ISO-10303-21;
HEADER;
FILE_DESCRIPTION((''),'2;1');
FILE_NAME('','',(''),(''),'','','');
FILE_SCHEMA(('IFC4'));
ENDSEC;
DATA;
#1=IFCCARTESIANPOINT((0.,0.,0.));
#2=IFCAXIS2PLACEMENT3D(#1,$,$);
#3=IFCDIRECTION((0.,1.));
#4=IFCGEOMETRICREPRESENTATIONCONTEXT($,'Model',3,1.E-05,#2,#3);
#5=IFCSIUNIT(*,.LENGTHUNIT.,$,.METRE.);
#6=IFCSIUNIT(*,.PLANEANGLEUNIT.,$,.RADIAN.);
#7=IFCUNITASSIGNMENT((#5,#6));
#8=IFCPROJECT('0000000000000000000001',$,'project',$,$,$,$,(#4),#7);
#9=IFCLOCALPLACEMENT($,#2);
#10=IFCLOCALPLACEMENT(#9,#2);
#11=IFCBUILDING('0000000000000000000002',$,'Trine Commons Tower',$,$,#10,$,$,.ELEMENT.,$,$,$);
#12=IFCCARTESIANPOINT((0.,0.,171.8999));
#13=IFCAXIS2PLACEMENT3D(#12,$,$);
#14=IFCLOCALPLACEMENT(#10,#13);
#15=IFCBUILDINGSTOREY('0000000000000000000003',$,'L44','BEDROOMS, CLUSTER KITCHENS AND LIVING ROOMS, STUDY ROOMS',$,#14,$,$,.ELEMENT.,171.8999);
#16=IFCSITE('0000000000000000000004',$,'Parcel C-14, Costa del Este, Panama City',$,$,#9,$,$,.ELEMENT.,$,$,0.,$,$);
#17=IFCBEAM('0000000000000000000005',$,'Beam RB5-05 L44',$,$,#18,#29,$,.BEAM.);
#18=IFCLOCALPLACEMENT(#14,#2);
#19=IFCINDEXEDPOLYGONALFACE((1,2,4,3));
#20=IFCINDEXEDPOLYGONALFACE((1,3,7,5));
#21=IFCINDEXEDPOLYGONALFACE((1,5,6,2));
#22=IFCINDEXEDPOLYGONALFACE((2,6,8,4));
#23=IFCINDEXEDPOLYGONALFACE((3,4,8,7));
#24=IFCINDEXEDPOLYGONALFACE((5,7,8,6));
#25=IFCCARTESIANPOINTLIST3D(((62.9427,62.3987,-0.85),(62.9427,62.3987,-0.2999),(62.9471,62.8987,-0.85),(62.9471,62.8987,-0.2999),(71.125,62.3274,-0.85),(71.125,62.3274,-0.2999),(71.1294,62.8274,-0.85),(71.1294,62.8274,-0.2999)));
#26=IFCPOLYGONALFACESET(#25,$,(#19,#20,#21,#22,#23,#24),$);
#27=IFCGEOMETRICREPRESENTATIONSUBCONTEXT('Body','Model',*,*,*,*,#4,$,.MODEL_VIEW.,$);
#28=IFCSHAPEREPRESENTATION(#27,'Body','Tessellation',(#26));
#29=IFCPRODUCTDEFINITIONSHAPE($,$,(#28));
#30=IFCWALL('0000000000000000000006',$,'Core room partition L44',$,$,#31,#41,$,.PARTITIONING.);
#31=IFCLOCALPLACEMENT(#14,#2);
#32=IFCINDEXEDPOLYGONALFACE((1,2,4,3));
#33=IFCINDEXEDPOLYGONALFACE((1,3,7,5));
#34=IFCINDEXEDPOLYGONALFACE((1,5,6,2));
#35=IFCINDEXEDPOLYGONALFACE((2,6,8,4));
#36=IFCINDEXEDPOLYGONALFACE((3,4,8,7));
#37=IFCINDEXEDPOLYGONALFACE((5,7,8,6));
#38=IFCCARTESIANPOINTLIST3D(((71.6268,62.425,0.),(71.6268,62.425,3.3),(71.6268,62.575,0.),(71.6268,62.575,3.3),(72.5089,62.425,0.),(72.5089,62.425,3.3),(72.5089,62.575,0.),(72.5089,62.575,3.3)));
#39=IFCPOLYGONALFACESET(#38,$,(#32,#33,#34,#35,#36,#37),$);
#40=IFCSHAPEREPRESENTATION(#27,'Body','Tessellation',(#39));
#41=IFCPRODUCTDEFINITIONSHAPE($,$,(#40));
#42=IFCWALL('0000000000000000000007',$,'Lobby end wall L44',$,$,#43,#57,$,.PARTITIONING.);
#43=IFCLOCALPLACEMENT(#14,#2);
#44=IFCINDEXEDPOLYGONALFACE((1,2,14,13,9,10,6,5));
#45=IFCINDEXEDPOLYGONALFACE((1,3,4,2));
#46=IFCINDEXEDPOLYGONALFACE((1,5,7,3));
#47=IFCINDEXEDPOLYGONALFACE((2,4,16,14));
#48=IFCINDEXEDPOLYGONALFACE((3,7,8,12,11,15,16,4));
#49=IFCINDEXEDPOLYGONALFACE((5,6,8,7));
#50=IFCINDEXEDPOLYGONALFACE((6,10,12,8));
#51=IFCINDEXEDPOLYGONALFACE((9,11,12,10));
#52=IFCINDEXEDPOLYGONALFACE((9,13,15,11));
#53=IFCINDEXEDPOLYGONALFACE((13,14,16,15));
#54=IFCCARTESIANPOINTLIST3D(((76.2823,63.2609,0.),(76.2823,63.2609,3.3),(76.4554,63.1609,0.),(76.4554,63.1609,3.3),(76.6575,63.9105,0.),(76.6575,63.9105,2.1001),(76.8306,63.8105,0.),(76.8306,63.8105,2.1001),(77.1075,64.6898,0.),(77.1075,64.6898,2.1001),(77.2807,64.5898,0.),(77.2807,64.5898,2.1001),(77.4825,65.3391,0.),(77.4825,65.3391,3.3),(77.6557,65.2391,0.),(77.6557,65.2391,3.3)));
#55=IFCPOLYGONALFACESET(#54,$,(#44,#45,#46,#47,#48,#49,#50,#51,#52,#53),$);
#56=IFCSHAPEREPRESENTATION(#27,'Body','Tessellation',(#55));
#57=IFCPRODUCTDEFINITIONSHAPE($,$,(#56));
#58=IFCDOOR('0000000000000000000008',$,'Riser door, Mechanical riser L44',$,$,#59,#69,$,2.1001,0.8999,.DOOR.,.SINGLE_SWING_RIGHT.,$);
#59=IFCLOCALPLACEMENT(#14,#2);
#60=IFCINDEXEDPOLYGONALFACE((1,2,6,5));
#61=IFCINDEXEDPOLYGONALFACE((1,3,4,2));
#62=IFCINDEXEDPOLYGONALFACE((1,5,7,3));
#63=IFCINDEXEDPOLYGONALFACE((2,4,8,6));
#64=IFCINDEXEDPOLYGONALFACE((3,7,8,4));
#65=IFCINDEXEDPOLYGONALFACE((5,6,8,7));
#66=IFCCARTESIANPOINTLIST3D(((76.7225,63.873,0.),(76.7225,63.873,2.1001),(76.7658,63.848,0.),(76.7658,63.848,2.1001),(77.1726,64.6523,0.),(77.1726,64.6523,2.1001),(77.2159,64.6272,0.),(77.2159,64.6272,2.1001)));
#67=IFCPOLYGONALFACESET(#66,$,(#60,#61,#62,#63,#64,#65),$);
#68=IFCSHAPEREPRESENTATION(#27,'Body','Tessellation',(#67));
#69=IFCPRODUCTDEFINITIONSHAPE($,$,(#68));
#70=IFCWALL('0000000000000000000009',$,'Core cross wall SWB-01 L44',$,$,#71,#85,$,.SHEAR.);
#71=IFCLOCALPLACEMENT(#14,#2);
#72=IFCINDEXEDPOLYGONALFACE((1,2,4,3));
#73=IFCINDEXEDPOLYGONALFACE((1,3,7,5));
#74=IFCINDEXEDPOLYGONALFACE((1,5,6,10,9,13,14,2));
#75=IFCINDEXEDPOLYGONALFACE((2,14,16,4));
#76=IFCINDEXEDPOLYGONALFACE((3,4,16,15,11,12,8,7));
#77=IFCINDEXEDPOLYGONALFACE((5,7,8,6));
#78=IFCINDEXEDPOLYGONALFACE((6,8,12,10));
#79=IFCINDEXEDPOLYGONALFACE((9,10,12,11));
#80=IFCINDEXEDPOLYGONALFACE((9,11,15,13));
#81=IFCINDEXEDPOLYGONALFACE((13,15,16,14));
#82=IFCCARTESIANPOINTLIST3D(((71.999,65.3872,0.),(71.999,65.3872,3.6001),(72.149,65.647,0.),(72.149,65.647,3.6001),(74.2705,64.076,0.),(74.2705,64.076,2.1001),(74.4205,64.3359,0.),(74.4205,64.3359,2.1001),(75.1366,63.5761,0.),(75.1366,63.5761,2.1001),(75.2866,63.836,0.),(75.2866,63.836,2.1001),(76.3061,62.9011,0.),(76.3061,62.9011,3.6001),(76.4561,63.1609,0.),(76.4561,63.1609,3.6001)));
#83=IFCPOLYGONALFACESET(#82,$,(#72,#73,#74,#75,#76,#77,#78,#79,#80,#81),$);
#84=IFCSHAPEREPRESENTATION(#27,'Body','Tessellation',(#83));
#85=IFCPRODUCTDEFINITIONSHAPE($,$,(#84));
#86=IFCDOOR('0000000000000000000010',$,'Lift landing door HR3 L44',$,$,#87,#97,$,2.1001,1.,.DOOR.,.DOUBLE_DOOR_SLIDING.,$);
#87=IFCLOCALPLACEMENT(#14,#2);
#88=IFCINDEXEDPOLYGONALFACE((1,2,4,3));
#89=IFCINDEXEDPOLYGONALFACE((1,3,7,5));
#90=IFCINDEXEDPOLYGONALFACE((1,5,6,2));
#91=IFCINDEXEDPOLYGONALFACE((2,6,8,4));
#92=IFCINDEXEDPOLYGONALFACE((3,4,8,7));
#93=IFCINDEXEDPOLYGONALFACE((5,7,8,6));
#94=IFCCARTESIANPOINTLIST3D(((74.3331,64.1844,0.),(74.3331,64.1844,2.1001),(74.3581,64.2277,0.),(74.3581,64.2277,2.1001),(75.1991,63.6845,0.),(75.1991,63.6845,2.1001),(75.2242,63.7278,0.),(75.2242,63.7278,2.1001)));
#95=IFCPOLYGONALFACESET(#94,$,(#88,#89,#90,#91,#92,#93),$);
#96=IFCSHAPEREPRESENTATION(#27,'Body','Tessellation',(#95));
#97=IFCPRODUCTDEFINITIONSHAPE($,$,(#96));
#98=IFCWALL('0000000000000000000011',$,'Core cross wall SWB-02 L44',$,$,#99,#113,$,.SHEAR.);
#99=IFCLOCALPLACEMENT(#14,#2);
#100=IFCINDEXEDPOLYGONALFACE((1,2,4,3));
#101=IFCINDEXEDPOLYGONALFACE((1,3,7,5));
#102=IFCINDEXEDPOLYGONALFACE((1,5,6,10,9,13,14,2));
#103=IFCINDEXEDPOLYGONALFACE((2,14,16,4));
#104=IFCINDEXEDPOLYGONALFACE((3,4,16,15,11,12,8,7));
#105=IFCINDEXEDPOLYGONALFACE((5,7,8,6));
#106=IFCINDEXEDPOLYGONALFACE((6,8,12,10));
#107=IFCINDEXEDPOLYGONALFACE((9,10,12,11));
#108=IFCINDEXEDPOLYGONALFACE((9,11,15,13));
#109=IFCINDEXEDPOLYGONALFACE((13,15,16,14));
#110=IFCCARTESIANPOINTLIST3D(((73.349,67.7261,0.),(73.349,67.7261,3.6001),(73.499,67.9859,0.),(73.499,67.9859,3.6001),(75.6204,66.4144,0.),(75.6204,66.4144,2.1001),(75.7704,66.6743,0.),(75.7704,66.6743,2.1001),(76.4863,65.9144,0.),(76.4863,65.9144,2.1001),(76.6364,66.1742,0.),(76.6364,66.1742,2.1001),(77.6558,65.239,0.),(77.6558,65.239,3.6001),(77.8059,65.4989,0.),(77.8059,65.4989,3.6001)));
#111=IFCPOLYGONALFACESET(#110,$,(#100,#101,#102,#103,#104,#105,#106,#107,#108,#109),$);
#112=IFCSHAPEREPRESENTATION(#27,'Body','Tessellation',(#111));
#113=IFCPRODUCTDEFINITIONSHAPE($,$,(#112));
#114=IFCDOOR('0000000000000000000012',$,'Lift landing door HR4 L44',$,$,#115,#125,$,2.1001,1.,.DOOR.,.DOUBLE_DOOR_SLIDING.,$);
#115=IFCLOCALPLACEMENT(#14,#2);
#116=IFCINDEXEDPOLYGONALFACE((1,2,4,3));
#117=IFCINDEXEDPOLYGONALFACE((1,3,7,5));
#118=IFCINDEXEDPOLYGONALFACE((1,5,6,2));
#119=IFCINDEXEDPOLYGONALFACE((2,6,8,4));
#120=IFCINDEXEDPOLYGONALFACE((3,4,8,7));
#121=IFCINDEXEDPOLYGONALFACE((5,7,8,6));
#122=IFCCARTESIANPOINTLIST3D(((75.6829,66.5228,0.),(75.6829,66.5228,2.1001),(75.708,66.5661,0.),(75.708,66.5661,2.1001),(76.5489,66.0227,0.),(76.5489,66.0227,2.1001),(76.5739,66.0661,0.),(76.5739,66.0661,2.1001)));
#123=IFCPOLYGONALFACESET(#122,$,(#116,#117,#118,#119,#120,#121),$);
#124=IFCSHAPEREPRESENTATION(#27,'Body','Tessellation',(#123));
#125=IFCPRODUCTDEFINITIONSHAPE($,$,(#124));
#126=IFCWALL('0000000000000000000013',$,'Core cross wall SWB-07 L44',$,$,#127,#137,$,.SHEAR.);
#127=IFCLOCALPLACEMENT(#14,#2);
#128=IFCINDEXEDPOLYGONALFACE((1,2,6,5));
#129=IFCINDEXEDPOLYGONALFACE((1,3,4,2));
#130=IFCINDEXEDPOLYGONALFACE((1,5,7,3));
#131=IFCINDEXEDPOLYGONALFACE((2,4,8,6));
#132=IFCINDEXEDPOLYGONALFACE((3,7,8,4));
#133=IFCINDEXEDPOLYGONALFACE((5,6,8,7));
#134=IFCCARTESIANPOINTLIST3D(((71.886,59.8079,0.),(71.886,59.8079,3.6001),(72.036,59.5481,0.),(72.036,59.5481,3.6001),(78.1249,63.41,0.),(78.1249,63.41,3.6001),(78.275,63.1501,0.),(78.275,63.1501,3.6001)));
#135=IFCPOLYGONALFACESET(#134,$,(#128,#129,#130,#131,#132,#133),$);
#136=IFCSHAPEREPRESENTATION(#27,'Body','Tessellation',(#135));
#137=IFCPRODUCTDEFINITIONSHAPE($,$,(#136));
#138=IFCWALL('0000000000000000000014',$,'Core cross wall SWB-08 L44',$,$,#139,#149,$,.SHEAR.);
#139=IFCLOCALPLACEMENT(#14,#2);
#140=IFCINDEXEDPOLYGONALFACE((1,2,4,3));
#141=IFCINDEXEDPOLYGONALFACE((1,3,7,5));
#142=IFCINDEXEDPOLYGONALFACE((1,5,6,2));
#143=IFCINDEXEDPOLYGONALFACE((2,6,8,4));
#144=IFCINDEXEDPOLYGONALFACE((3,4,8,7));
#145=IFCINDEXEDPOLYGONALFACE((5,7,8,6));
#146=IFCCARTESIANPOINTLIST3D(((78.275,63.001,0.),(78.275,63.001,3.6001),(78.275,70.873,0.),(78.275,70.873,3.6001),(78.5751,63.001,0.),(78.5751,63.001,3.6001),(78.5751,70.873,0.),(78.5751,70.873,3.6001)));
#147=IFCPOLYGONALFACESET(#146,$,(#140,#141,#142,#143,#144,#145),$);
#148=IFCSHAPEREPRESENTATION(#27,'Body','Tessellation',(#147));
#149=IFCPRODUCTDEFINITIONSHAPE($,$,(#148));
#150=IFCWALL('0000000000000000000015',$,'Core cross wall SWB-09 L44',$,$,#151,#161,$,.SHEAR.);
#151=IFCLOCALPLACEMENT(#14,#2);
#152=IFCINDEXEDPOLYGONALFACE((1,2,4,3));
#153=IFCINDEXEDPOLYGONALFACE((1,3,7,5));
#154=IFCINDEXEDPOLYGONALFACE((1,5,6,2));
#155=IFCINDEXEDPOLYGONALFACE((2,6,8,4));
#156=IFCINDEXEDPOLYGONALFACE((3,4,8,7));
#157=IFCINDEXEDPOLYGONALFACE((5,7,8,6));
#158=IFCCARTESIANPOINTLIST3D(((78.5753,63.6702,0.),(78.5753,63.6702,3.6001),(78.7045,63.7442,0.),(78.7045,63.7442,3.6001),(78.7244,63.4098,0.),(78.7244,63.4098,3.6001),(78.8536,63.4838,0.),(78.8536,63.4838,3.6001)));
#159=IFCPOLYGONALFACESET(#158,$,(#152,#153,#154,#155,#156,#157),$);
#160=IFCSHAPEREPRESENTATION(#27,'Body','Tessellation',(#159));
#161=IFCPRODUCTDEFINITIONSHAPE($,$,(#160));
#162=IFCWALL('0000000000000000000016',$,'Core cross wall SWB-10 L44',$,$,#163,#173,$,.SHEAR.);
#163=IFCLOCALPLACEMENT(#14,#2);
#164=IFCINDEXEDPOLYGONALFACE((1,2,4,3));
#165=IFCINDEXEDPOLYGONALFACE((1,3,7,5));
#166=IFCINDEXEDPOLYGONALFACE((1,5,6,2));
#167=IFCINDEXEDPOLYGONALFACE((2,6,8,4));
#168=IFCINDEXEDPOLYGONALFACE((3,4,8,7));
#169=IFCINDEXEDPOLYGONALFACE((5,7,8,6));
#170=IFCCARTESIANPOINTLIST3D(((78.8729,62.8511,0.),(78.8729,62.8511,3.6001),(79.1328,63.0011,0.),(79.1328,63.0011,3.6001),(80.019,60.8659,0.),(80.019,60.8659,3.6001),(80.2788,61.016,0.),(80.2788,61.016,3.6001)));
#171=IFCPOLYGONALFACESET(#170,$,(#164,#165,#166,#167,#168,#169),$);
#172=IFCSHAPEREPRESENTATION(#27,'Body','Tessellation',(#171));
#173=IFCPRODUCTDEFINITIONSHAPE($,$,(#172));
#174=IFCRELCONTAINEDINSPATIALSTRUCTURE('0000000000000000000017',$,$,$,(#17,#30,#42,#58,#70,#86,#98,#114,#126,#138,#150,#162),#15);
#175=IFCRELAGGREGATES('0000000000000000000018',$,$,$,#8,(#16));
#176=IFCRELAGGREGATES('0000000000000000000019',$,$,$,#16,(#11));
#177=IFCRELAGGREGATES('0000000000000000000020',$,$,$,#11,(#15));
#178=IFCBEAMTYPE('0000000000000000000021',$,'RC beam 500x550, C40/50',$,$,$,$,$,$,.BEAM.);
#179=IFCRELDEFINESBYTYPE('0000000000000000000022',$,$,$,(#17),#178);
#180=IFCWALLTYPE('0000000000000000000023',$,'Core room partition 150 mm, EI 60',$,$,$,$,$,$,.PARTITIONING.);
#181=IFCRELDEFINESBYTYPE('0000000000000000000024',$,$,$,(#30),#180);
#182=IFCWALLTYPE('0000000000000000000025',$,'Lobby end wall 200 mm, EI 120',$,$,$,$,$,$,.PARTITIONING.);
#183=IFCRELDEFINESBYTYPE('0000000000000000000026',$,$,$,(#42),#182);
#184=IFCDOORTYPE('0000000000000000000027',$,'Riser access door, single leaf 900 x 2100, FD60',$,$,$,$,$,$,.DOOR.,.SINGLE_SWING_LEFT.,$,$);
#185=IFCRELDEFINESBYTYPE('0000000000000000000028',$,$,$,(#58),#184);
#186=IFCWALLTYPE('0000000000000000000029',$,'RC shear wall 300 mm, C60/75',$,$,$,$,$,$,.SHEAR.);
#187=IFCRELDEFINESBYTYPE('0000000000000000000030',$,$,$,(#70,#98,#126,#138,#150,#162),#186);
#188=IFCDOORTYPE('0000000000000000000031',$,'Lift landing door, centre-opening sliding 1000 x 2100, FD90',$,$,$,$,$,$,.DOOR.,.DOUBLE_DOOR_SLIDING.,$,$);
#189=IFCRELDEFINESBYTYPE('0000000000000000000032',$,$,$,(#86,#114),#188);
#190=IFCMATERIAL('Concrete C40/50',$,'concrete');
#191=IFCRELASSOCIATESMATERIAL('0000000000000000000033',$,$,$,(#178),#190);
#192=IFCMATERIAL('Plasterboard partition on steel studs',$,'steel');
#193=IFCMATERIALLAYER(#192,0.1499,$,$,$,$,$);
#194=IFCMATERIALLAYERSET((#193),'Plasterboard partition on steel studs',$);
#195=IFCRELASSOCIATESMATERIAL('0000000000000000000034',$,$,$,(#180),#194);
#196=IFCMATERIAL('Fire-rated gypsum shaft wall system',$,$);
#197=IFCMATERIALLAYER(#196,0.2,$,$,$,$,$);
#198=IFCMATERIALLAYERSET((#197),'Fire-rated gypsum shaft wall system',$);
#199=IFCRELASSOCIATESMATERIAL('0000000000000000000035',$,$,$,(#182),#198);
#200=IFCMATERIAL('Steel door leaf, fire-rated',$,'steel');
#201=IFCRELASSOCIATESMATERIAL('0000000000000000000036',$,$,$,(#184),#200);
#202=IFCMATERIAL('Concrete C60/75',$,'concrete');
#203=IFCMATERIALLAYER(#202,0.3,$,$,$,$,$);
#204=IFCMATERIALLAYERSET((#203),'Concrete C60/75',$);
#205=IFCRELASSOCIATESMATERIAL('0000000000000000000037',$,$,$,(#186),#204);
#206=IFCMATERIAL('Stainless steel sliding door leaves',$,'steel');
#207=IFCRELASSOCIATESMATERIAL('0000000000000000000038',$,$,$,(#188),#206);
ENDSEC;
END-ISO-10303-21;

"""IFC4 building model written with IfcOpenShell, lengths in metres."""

from ifc_helpers import new_model, si_unit, direction, frame, frame_2d, origin, origin_2d, place, context, subcontext, project, spatial, rectangle, extrude, material, layer, layer_set, material_profile, profile_set, type_object, element, fill, save


model = new_model("IFC4")

# Units and contexts
model_context = context("Model", 3, precision=1e-05, world=origin(), true_north=direction((0.0, 1.0)))
body_context = subcontext(model_context, "Body", "Model", "MODEL_VIEW")
ifc_project = project(units=[si_unit("LENGTHUNIT", "METRE"), si_unit("PLANEANGLEUNIT", "RADIAN")], contexts=[model_context])

# Site, building, storey
site_placement = place(None, origin())
site = spatial("IfcSite", under=ifc_project, at=site_placement, Name="Parcel C-14, Costa del Este, Panama City", CompositionType="ELEMENT", RefElevation=0.0)
building_placement = place(site_placement, origin())
building = spatial("IfcBuilding", under=site, at=building_placement, Name="Trine Commons Tower", CompositionType="ELEMENT")
storey_placement = place(building_placement, frame((0.0, 0.0, 171.8999)))
storey = spatial("IfcBuildingStorey", under=building, at=storey_placement, Name="L44", Description="BEDROOMS, CLUSTER KITCHENS AND LIVING ROOMS, STUDY ROOMS", CompositionType="ELEMENT", Elevation=171.8999)

# Beam
ifc_material_1 = material(Name="Concrete C40/50", Category="concrete")
ifc_material_profile = material_profile(ifc_material_1, rectangle(XDim=0.5, YDim=0.55, at=origin_2d()), Name="RC 500x550")
ifc_profile_set = profile_set([ifc_material_profile], Name="Concrete C40/50")
beam_type = type_object("IfcBeamType", Name="RC beam 500x550, C40/50", PredefinedType="BEAM", material=ifc_profile_set)
beam_placement = place(storey_placement, frame((71.1272, 62.5774, -0.575), z_axis=(-0.999962, 0.008712, 0.0), x_axis=(-0.008712, -0.999962, 0.0)))
element("IfcBeam", 1, at=beam_placement, inside=storey, type_object=beam_type, Name="Beam RB5-05 L44", PredefinedType="BEAM", context=body_context, shape_type="SweptSolid", body=[
    extrude(rectangle(XDim=0.5, YDim=0.55, at=origin_2d()), origin(), (0.0, 0.0, 1.0), 8.1826),
])

# Wall
ifc_material_2 = material(Name="Plasterboard partition on steel studs", Category="steel")
ifc_layer_1 = layer(ifc_material_2, 0.1499)
ifc_layer_set_1 = layer_set([ifc_layer_1], Name="Plasterboard partition on steel studs")
wall_type_1 = type_object("IfcWallType", Name="Core room partition 150 mm, EI 60", PredefinedType="PARTITIONING", material=ifc_layer_set_1)
wall_1_placement = place(storey_placement, frame((71.627, 62.5, 0.0), z_axis=(0.0, 0.0, 1.0), x_axis=(1.0, 0.0, 0.0)))
element("IfcWall", 2, at=wall_1_placement, inside=storey, type_object=wall_type_1, Name="Core room partition L44", PredefinedType="PARTITIONING", context=body_context, shape_type="SweptSolid", body=[
    extrude(rectangle(XDim=0.8821, YDim=0.1499, at=frame_2d((0.4409, 0.0))), origin(), (0.0, 0.0, 1.0), 3.3),
])

# Walls, openings, doors
ifc_material_3 = material(Name="Fire-rated gypsum shaft wall system")
ifc_layer_2 = layer(ifc_material_3, 0.2)
ifc_layer_set_2 = layer_set([ifc_layer_2], Name="Fire-rated gypsum shaft wall system")
wall_type_2 = type_object("IfcWallType", Name="Lobby end wall 200 mm, EI 120", PredefinedType="PARTITIONING", material=ifc_layer_set_2)
wall_2_placement = place(storey_placement, frame((77.5691, 65.2891, 0.0), z_axis=(0.0, 0.0, 1.0), x_axis=(-0.500122, -0.865955, 0.0)))
wall_2 = element("IfcWall", 3, at=wall_2_placement, inside=storey, type_object=wall_type_2, Name="Lobby end wall L44", PredefinedType="PARTITIONING", context=body_context, shape_type="SweptSolid", body=[
    extrude(rectangle(XDim=2.3999, YDim=0.2, at=frame_2d((1.2, 0.0))), origin(), (0.0, 0.0, 1.0), 3.3),
])
opening_1_placement = place(wall_2_placement, frame((0.7498, 0.0, 0.0)))
opening_1 = element("IfcOpeningElement", 4, at=opening_1_placement, cuts=wall_2, PredefinedType="OPENING", context=body_context, shape_type="SweptSolid", body=[
    extrude(rectangle(XDim=0.8999, YDim=2.1001, at=frame_2d((0.45, 1.05))), frame((0.0, 0.1099, 0.0), z_axis=(0.0, -1.0, 0.0), x_axis=(1.0, 0.0, 0.0)), (0.0, 0.0, 1.0), 0.22),
])
ifc_material_4 = material(Name="Steel door leaf, fire-rated", Category="steel")
door_type_1 = type_object("IfcDoorType", Name="Riser access door, single leaf 900 x 2100, FD60", OperationType="SINGLE_SWING_LEFT", PredefinedType="DOOR", material=ifc_material_4)
door_1_placement = place(opening_1_placement, frame((0.8999, 0.0, 0.0), z_axis=(0.0, 0.0, 1.0), x_axis=(-1.0, 0.0, 0.0)))
door_1 = element("IfcDoor", 5, at=door_1_placement, inside=storey, type_object=door_type_1, Name="Riser door, Mechanical riser L44", OperationType="SINGLE_SWING_RIGHT", OverallHeight=2.1001, OverallWidth=0.8999, PredefinedType="DOOR", context=body_context, shape_type="SweptSolid", body=[
    extrude(rectangle(XDim=0.8999, YDim=2.1001, at=frame_2d((0.45, 1.05))), frame((0.0, 0.0249, 0.0), z_axis=(0.0, -1.0, 0.0), x_axis=(1.0, 0.0, 0.0)), (0.0, 0.0, 1.0), 0.05),
])
fill(opening_1, door_1)
ifc_material_5 = material(Name="Concrete C60/75", Category="concrete")
ifc_layer_3 = layer(ifc_material_5, 0.3)
ifc_layer_set_3 = layer_set([ifc_layer_3], Name="Concrete C60/75")
wall_type_3 = type_object("IfcWallType", Name="RC shear wall 300 mm, C60/75", PredefinedType="SHEAR", material=ifc_layer_set_3)
wall_3_placement = place(storey_placement, frame((76.3811, 63.031, 0.0), z_axis=(0.0, 0.0, 1.0), x_axis=(-0.866081, 0.499904, 0.0)))
wall_3 = element("IfcWall", 6, at=wall_3_placement, inside=storey, type_object=wall_type_3, Name="Core cross wall SWB-01 L44", PredefinedType="SHEAR", context=body_context, shape_type="SweptSolid", body=[
    extrude(rectangle(XDim=4.9731, YDim=0.3, at=frame_2d((2.4866, 0.0))), origin(), (0.0, 0.0, 1.0), 3.6001),
])
opening_2_placement = place(wall_3_placement, frame((1.3503, 0.0, 0.0)))
opening_2 = element("IfcOpeningElement", 7, at=opening_2_placement, cuts=wall_3, PredefinedType="OPENING", context=body_context, shape_type="SweptSolid", body=[
    extrude(rectangle(XDim=1.0, YDim=2.1001, at=frame_2d((0.5, 1.05))), frame((0.0, 0.1599, 0.0), z_axis=(0.0, -1.0, 0.0), x_axis=(1.0, 0.0, 0.0)), (0.0, 0.0, 1.0), 0.3201),
])
ifc_material_6 = material(Name="Stainless steel sliding door leaves", Category="steel")
door_type_2 = type_object("IfcDoorType", Name="Lift landing door, centre-opening sliding 1000 x 2100, FD90", OperationType="DOUBLE_DOOR_SLIDING", PredefinedType="DOOR", material=ifc_material_6)
door_2_placement = place(opening_2_placement, origin())
door_2 = element("IfcDoor", 8, at=door_2_placement, inside=storey, type_object=door_type_2, Name="Lift landing door HR3 L44", OperationType="DOUBLE_DOOR_SLIDING", OverallHeight=2.1001, OverallWidth=1.0, PredefinedType="DOOR", context=body_context, shape_type="SweptSolid", body=[
    extrude(rectangle(XDim=1.0, YDim=2.1001, at=frame_2d((0.5, 1.05))), frame((0.0, 0.0249, 0.0), z_axis=(0.0, -1.0, 0.0), x_axis=(1.0, 0.0, 0.0)), (0.0, 0.0, 1.0), 0.05),
])
fill(opening_2, door_2)
wall_4_placement = place(storey_placement, frame((77.731, 65.3689, 0.0), z_axis=(0.0, 0.0, 1.0), x_axis=(-0.865984, 0.500072, 0.0)))
wall_4 = element("IfcWall", 9, at=wall_4_placement, inside=storey, type_object=wall_type_3, Name="Core cross wall SWB-02 L44", PredefinedType="SHEAR", context=body_context, shape_type="SweptSolid", body=[
    extrude(rectangle(XDim=4.9734, YDim=0.3, at=frame_2d((2.4868, 0.0))), origin(), (0.0, 0.0, 1.0), 3.6001),
])
opening_3_placement = place(wall_4_placement, frame((1.3506, 0.0, 0.0)))
opening_3 = element("IfcOpeningElement", 10, at=opening_3_placement, cuts=wall_4, PredefinedType="OPENING", context=body_context, shape_type="SweptSolid", body=[
    extrude(rectangle(XDim=1.0, YDim=2.1001, at=frame_2d((0.5, 1.05))), frame((0.0, 0.1599, 0.0), z_axis=(0.0, -1.0, 0.0), x_axis=(1.0, 0.0, 0.0)), (0.0, 0.0, 1.0), 0.3201),
])
door_3_placement = place(opening_3_placement, origin())
door_3 = element("IfcDoor", 11, at=door_3_placement, inside=storey, type_object=door_type_2, Name="Lift landing door HR4 L44", OperationType="DOUBLE_DOOR_SLIDING", OverallHeight=2.1001, OverallWidth=1.0, PredefinedType="DOOR", context=body_context, shape_type="SweptSolid", body=[
    extrude(rectangle(XDim=1.0, YDim=2.1001, at=frame_2d((0.5, 1.05))), frame((0.0, 0.0249, 0.0), z_axis=(0.0, -1.0, 0.0), x_axis=(1.0, 0.0, 0.0)), (0.0, 0.0, 1.0), 0.05),
])
fill(opening_3, door_3)

# Walls
wall_5_placement = place(storey_placement, frame((78.2, 63.28, 0.0), z_axis=(0.0, 0.0, 1.0), x_axis=(-0.866028, -0.499995, 0.0)))
element("IfcWall", 12, at=wall_5_placement, inside=storey, type_object=wall_type_3, Name="Core cross wall SWB-07 L44", PredefinedType="SHEAR", context=body_context, shape_type="SweptSolid", body=[
    extrude(rectangle(XDim=7.2041, YDim=0.3, at=frame_2d((3.6021, 0.0))), origin(), (0.0, 0.0, 1.0), 3.6001),
])
wall_6_placement = place(storey_placement, frame((78.425, 63.001, 0.0), z_axis=(0.0, 0.0, 1.0), x_axis=(0.0, 1.0, 0.0)))
element("IfcWall", 13, at=wall_6_placement, inside=storey, type_object=wall_type_3, Name="Core cross wall SWB-08 L44", PredefinedType="SHEAR", context=body_context, shape_type="SweptSolid", body=[
    extrude(rectangle(XDim=7.8721, YDim=0.3, at=frame_2d((3.936, 0.0))), origin(), (0.0, 0.0, 1.0), 3.6001),
])
wall_7_placement = place(storey_placement, frame((78.7791, 63.614, 0.0), z_axis=(0.0, 0.0, 1.0), x_axis=(-0.867738, -0.497022, 0.0)))
element("IfcWall", 14, at=wall_7_placement, inside=storey, type_object=wall_type_3, Name="Core cross wall SWB-09 L44", PredefinedType="SHEAR", context=body_context, shape_type="SweptSolid", body=[
    extrude(rectangle(XDim=0.1489, YDim=0.3, at=frame_2d((0.0745, 0.0))), origin(), (0.0, 0.0, 1.0), 3.6001),
])
wall_8_placement = place(storey_placement, frame((79.0029, 62.926, 0.0), z_axis=(0.0, 0.0, 1.0), x_axis=(0.499965, -0.866045, 0.0)))
element("IfcWall", 15, at=wall_8_placement, inside=storey, type_object=wall_type_3, Name="Core cross wall SWB-10 L44", PredefinedType="SHEAR", context=body_context, shape_type="SweptSolid", body=[
    extrude(rectangle(XDim=2.2922, YDim=0.3, at=frame_2d((1.146, 0.0))), origin(), (0.0, 0.0, 1.0), 3.6001),
])

save(model, "model.ifc")
